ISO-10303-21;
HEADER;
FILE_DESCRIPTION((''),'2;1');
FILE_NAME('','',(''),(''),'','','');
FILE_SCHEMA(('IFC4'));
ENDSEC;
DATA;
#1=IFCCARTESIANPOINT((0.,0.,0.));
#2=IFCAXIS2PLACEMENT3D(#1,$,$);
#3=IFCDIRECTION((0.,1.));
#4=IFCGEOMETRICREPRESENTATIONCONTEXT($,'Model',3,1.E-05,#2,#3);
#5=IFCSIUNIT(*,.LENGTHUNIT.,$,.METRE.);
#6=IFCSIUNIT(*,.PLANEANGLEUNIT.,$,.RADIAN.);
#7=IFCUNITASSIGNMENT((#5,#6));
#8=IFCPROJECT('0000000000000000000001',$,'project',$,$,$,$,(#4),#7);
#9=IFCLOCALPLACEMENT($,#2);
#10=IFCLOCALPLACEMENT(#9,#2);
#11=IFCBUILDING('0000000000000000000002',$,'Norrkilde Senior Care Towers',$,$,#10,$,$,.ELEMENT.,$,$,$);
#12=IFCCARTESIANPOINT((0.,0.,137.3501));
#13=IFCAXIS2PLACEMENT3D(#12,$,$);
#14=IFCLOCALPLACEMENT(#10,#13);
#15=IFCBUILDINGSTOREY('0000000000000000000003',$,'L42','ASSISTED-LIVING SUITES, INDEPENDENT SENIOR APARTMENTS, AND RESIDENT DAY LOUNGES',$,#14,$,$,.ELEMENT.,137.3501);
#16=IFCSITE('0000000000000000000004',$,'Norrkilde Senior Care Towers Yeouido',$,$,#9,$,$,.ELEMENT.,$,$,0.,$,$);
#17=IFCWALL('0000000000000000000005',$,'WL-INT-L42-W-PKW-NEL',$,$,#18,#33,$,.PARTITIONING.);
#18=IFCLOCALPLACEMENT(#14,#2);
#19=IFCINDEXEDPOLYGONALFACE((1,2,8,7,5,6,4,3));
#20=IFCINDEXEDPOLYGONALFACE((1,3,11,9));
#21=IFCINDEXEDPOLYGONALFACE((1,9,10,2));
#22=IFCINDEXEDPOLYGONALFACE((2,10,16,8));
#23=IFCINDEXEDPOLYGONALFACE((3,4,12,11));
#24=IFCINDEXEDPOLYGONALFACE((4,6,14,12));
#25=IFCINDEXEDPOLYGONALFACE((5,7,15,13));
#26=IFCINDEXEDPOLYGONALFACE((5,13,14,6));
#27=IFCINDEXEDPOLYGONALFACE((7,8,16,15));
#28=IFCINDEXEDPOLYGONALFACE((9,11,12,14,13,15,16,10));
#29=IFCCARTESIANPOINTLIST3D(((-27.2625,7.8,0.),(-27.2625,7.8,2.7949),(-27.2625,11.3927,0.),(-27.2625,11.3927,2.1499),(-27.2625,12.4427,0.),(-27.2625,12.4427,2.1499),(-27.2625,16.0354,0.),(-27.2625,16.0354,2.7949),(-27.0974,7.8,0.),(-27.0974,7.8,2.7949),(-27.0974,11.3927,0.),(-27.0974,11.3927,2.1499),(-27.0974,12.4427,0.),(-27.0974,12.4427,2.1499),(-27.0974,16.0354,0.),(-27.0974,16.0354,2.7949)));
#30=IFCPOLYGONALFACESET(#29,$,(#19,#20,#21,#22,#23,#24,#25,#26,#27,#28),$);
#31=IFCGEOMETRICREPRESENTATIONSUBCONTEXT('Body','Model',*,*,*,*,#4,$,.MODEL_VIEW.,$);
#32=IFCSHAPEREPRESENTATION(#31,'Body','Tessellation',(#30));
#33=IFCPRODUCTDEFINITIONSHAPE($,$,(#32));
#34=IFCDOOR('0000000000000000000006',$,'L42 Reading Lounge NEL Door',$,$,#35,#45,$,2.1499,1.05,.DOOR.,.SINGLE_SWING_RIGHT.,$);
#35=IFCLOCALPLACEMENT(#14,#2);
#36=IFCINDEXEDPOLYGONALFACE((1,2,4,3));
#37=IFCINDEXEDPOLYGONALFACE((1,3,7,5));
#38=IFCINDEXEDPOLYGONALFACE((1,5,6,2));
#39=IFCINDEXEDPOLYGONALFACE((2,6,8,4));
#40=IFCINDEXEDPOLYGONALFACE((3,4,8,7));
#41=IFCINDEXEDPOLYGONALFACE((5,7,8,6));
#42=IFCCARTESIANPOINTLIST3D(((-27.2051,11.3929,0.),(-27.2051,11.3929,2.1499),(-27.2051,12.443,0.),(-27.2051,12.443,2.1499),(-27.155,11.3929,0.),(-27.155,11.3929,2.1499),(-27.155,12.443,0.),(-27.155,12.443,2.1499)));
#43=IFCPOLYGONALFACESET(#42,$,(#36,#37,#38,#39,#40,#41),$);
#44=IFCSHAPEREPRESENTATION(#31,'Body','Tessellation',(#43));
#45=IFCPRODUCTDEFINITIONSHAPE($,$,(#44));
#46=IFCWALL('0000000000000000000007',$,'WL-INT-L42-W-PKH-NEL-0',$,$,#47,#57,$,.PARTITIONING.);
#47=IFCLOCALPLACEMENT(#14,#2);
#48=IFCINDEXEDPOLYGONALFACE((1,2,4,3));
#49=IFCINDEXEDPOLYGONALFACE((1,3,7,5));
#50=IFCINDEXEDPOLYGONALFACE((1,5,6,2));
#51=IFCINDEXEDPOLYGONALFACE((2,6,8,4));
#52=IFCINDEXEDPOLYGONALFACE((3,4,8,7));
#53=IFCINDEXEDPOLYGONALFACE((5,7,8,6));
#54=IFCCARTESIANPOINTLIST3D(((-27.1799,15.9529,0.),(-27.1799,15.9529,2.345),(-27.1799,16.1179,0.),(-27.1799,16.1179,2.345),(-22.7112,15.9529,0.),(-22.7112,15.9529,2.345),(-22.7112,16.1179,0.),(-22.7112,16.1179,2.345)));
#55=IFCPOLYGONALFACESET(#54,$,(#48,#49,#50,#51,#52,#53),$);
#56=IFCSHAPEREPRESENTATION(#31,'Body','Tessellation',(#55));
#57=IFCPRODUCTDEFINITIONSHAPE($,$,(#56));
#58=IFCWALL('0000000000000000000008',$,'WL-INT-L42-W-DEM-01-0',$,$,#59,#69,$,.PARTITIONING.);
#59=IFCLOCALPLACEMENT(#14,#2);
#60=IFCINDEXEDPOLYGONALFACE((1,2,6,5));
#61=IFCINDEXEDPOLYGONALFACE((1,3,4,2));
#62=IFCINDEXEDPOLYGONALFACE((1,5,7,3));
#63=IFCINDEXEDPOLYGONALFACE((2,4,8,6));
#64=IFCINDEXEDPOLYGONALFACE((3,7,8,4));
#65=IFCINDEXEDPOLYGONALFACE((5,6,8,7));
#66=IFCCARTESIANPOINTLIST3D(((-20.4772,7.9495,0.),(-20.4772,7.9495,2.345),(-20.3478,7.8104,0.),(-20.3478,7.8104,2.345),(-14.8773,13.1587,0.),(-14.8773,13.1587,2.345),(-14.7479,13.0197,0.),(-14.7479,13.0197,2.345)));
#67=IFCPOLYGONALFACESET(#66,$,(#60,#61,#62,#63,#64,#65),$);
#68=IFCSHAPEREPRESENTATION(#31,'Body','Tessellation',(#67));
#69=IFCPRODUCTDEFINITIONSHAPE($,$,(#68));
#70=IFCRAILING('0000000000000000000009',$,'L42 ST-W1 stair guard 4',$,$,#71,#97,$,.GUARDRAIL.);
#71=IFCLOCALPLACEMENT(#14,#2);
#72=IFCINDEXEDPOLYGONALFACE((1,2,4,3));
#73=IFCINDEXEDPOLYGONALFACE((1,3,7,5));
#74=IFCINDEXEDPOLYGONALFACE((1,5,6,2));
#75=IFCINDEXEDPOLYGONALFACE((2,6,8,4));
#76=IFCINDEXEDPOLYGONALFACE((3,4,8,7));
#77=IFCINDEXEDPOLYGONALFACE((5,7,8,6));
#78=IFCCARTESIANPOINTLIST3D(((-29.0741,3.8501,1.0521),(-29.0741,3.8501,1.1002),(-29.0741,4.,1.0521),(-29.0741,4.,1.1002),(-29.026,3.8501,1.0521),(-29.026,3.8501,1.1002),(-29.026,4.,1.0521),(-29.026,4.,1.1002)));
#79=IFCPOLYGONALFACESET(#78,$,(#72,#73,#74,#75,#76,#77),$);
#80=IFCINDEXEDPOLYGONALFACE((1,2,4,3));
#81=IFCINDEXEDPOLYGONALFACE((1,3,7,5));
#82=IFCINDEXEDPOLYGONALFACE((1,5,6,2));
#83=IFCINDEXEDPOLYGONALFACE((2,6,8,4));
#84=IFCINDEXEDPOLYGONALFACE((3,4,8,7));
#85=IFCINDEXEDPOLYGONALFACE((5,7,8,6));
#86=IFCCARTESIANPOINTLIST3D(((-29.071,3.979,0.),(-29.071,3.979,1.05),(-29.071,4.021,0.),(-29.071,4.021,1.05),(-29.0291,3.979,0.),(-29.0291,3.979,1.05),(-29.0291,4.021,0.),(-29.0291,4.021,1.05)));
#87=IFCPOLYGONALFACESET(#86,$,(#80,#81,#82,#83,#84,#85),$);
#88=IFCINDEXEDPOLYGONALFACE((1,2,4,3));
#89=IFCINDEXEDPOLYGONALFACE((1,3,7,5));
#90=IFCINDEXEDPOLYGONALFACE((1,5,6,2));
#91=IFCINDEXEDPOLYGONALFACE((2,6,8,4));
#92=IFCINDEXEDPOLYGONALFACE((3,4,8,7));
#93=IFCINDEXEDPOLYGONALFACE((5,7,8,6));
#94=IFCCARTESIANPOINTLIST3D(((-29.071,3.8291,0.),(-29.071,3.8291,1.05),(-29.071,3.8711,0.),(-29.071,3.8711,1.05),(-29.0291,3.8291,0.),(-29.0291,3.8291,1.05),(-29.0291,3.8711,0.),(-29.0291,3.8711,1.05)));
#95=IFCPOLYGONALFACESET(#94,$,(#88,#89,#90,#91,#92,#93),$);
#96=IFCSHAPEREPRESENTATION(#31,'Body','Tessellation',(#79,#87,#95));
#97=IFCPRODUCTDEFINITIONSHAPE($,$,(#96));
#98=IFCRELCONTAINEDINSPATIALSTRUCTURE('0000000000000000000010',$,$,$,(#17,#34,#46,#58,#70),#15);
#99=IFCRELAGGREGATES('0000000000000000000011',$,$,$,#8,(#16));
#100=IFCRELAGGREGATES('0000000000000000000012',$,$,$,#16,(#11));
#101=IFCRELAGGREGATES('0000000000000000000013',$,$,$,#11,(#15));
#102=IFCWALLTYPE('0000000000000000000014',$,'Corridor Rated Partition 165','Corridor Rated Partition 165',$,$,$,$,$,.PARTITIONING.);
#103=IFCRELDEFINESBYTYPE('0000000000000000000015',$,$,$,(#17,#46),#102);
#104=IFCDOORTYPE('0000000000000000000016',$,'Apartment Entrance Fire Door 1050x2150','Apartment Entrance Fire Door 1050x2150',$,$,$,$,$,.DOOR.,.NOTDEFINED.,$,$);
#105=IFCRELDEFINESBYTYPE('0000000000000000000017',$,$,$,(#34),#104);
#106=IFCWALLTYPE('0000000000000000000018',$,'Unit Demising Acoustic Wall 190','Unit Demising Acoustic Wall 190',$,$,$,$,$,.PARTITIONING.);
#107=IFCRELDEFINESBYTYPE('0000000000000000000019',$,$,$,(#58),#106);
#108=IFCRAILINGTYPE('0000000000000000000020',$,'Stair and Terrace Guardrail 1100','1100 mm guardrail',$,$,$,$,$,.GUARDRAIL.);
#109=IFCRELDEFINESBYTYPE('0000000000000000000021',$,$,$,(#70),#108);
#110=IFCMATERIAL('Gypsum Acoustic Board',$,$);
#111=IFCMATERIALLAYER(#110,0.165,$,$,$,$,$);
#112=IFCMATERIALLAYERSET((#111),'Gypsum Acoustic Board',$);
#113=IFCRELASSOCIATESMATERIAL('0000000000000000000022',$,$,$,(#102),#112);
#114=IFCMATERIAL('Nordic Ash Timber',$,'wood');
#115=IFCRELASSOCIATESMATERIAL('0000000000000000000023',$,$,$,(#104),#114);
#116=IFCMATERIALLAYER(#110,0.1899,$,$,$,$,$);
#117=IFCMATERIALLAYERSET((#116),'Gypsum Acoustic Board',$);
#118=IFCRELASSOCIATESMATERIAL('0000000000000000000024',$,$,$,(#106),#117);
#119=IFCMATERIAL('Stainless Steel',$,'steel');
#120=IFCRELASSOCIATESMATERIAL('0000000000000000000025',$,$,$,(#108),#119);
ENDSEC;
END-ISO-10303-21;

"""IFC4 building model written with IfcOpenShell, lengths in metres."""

from ifc_helpers import new_model, si_unit, direction, frame, frame_2d, origin, origin_2d, place, context, subcontext, project, spatial, rectangle, extrude, source, transform, mapped, material, layer, layer_set, type_object, type_shapes, element, fill, save


model = new_model("IFC4")

# Units and contexts
model_context = context("Model", 3, precision=1e-05, world=origin(), true_north=direction((0.0, 1.0)))
body_context = subcontext(model_context, "Body", "Model", "MODEL_VIEW")
ifc_project = project(units=[si_unit("LENGTHUNIT", "METRE"), si_unit("PLANEANGLEUNIT", "RADIAN")], contexts=[model_context])

# Site, building, storey
site_placement = place(None, origin())
site = spatial("IfcSite", under=ifc_project, at=site_placement, Name="Norrkilde Senior Care Towers Yeouido", CompositionType="ELEMENT", RefElevation=0.0)
building_placement = place(site_placement, origin())
building = spatial("IfcBuilding", under=site, at=building_placement, Name="Norrkilde Senior Care Towers", CompositionType="ELEMENT")
storey_placement = place(building_placement, frame((0.0, 0.0, 137.3501)))
storey = spatial("IfcBuildingStorey", under=building, at=storey_placement, Name="L42", Description="ASSISTED-LIVING SUITES, INDEPENDENT SENIOR APARTMENTS, AND RESIDENT DAY LOUNGES", CompositionType="ELEMENT", Elevation=137.3501)

# Shared definitions
ifc_material_1 = material(Name="Stainless Steel", Category="steel")

# Shared definitions
ifc_material_2 = material(Name="Gypsum Acoustic Board")
ifc_layer_1 = layer(ifc_material_2, 0.165)
ifc_layer_set_1 = layer_set([ifc_layer_1], Name="Gypsum Acoustic Board")
wall_type_1 = type_object("IfcWallType", Name="Corridor Rated Partition 165", Description="Corridor Rated Partition 165", PredefinedType="PARTITIONING", material=ifc_layer_set_1)
ifc_material_3 = material(Name="Nordic Ash Timber", Category="wood")

# Wall, opening, door
shared_shape_1 = source(origin(), body_context, "Body", "SweptSolid", [
    extrude(rectangle(XDim=8.2354, YDim=0.165, at=frame_2d((4.1177, 0.0))), origin(), (0.0, 0.0, 1.0), 2.7949),
])
door_type_1 = type_object("IfcDoorType", Name="Apartment Entrance Fire Door 1050x2150", Description="Apartment Entrance Fire Door 1050x2150", OperationType="NOTDEFINED", PredefinedType="DOOR", material=ifc_material_3)
shared_shape_2 = source(origin(), body_context, "Body", "SweptSolid", [
    extrude(rectangle(XDim=1.05, YDim=2.1499, at=frame_2d((0.5249, 1.075))), frame((0.0, 0.0249, 0.0), z_axis=(0.0, -1.0, 0.0), x_axis=(1.0, 0.0, 0.0)), (0.0, 0.0, 1.0), 0.05),
])
type_shapes(door_type_1, [shared_shape_2])
wall_1_placement = place(storey_placement, frame((-27.1799, 7.8, 0.0), z_axis=(0.0, 0.0, 1.0), x_axis=(0.0, 1.0, 0.0)))
wall_1 = element("IfcWall", 1, at=wall_1_placement, inside=storey, type_object=wall_type_1, Name="WL-INT-L42-W-PKW-NEL", PredefinedType="PARTITIONING", context=body_context, shape_type="MappedRepresentation", body=[
    mapped(shared_shape_1, transform((0.0, 0.0, 0.0), x_axis=(1.0, 0.0, 0.0), y_axis=(0.0, 1.0, 0.0), z_axis=(0.0, 0.0, 1.0), scale=1.0)),
])
opening_1_placement = place(wall_1_placement, frame((3.5928, 0.0, 0.0)))
opening_1 = element("IfcOpeningElement", 2, at=opening_1_placement, cuts=wall_1, PredefinedType="OPENING", context=body_context, shape_type="SweptSolid", body=[
    extrude(rectangle(XDim=1.05, YDim=2.1499, at=frame_2d((0.5249, 1.075))), frame((0.0, 0.0925, 0.0), z_axis=(0.0, -1.0, 0.0), x_axis=(1.0, 0.0, 0.0)), (0.0, 0.0, 1.0), 0.1851),
])
door_1_placement = place(opening_1_placement, frame((1.05, 0.0, 0.0), z_axis=(0.0, 0.0, 1.0), x_axis=(-1.0, 0.0, 0.0)))
door_1 = element("IfcDoor", 3, at=door_1_placement, inside=storey, type_object=door_type_1, Name="L42 Reading Lounge NEL Door", OperationType="SINGLE_SWING_RIGHT", OverallHeight=2.1499, OverallWidth=1.05, PredefinedType="DOOR", context=body_context, shape_type="MappedRepresentation", body=[
    mapped(shared_shape_2, transform((0.0, 0.0, 0.0), x_axis=(1.0, 0.0, 0.0), y_axis=(0.0, 1.0, 0.0), z_axis=(0.0, 0.0, 1.0), scale=1.0)),
])
fill(opening_1, door_1)

# Walls
shared_shape_3 = source(origin(), body_context, "Body", "SweptSolid", [
    extrude(rectangle(XDim=4.4688, YDim=0.165, at=frame_2d((2.2344, 0.0))), origin(), (0.0, 0.0, 1.0), 2.345),
])
wall_2_placement = place(storey_placement, frame((-27.1799, 16.0354, 0.0), z_axis=(0.0, 0.0, 1.0), x_axis=(1.0, 0.0, 0.0)))
element("IfcWall", 4, at=wall_2_placement, inside=storey, type_object=wall_type_1, Name="WL-INT-L42-W-PKH-NEL-0", PredefinedType="PARTITIONING", context=body_context, shape_type="MappedRepresentation", body=[
    mapped(shared_shape_3, transform((0.0, 0.0, 0.0), x_axis=(1.0, 0.0, 0.0), y_axis=(0.0, 1.0, 0.0), z_axis=(0.0, 0.0, 1.0), scale=1.0)),
])
ifc_layer_2 = layer(ifc_material_2, 0.1899)
ifc_layer_set_2 = layer_set([ifc_layer_2], Name="Gypsum Acoustic Board")
wall_type_2 = type_object("IfcWallType", Name="Unit Demising Acoustic Wall 190", Description="Unit Demising Acoustic Wall 190", PredefinedType="PARTITIONING", material=ifc_layer_set_2)
shared_shape_4 = source(origin(), body_context, "Body", "SweptSolid", [
    extrude(rectangle(XDim=7.6482, YDim=0.1899, at=frame_2d((3.8242, 0.0))), origin(), (0.0, 0.0, 1.0), 2.345),
])
type_shapes(wall_type_2, [shared_shape_4])
wall_3_placement = place(storey_placement, frame((-20.4126, 7.8799, 0.0), z_axis=(0.0, 0.0, 1.0), x_axis=(0.732183, 0.681108, 0.0)))
element("IfcWall", 5, at=wall_3_placement, inside=storey, type_object=wall_type_2, Name="WL-INT-L42-W-DEM-01-0", PredefinedType="PARTITIONING", context=body_context, shape_type="MappedRepresentation", body=[
    mapped(shared_shape_4, transform((0.0, 0.0, 0.0), x_axis=(1.0, 0.0, 0.0), y_axis=(0.0, 1.0, 0.0), z_axis=(0.0, 0.0, 1.0), scale=1.0)),
])

# Railing
railing_type_1 = type_object("IfcRailingType", Name="Stair and Terrace Guardrail 1100", Description="1100 mm guardrail", PredefinedType="GUARDRAIL", material=ifc_material_1)
railing_1_placement = place(storey_placement, frame((-29.05, 4.0, 0.0)))
element("IfcRailing", 6, at=railing_1_placement, inside=storey, type_object=railing_type_1, Name="L42 ST-W1 stair guard 4", PredefinedType="GUARDRAIL", context=body_context, shape_type="SweptSolid", body=[
    extrude(rectangle(XDim=0.0481, YDim=0.0481, at=origin_2d()), frame((0.0, 0.0, 1.0762), z_axis=(0.0, -1.0, 0.0), x_axis=(1.0, 0.0, 0.0)), (0.0, 0.0, 1.0), 0.1499),
    extrude(rectangle(XDim=0.042, YDim=0.042, at=origin_2d()), origin(), (0.0, 0.0, 1.0), 1.05),
    extrude(rectangle(XDim=0.042, YDim=0.042, at=origin_2d()), frame((0.0, -0.1499, 0.0)), (0.0, 0.0, 1.0), 1.05),
])

save(model, "model.ifc")
